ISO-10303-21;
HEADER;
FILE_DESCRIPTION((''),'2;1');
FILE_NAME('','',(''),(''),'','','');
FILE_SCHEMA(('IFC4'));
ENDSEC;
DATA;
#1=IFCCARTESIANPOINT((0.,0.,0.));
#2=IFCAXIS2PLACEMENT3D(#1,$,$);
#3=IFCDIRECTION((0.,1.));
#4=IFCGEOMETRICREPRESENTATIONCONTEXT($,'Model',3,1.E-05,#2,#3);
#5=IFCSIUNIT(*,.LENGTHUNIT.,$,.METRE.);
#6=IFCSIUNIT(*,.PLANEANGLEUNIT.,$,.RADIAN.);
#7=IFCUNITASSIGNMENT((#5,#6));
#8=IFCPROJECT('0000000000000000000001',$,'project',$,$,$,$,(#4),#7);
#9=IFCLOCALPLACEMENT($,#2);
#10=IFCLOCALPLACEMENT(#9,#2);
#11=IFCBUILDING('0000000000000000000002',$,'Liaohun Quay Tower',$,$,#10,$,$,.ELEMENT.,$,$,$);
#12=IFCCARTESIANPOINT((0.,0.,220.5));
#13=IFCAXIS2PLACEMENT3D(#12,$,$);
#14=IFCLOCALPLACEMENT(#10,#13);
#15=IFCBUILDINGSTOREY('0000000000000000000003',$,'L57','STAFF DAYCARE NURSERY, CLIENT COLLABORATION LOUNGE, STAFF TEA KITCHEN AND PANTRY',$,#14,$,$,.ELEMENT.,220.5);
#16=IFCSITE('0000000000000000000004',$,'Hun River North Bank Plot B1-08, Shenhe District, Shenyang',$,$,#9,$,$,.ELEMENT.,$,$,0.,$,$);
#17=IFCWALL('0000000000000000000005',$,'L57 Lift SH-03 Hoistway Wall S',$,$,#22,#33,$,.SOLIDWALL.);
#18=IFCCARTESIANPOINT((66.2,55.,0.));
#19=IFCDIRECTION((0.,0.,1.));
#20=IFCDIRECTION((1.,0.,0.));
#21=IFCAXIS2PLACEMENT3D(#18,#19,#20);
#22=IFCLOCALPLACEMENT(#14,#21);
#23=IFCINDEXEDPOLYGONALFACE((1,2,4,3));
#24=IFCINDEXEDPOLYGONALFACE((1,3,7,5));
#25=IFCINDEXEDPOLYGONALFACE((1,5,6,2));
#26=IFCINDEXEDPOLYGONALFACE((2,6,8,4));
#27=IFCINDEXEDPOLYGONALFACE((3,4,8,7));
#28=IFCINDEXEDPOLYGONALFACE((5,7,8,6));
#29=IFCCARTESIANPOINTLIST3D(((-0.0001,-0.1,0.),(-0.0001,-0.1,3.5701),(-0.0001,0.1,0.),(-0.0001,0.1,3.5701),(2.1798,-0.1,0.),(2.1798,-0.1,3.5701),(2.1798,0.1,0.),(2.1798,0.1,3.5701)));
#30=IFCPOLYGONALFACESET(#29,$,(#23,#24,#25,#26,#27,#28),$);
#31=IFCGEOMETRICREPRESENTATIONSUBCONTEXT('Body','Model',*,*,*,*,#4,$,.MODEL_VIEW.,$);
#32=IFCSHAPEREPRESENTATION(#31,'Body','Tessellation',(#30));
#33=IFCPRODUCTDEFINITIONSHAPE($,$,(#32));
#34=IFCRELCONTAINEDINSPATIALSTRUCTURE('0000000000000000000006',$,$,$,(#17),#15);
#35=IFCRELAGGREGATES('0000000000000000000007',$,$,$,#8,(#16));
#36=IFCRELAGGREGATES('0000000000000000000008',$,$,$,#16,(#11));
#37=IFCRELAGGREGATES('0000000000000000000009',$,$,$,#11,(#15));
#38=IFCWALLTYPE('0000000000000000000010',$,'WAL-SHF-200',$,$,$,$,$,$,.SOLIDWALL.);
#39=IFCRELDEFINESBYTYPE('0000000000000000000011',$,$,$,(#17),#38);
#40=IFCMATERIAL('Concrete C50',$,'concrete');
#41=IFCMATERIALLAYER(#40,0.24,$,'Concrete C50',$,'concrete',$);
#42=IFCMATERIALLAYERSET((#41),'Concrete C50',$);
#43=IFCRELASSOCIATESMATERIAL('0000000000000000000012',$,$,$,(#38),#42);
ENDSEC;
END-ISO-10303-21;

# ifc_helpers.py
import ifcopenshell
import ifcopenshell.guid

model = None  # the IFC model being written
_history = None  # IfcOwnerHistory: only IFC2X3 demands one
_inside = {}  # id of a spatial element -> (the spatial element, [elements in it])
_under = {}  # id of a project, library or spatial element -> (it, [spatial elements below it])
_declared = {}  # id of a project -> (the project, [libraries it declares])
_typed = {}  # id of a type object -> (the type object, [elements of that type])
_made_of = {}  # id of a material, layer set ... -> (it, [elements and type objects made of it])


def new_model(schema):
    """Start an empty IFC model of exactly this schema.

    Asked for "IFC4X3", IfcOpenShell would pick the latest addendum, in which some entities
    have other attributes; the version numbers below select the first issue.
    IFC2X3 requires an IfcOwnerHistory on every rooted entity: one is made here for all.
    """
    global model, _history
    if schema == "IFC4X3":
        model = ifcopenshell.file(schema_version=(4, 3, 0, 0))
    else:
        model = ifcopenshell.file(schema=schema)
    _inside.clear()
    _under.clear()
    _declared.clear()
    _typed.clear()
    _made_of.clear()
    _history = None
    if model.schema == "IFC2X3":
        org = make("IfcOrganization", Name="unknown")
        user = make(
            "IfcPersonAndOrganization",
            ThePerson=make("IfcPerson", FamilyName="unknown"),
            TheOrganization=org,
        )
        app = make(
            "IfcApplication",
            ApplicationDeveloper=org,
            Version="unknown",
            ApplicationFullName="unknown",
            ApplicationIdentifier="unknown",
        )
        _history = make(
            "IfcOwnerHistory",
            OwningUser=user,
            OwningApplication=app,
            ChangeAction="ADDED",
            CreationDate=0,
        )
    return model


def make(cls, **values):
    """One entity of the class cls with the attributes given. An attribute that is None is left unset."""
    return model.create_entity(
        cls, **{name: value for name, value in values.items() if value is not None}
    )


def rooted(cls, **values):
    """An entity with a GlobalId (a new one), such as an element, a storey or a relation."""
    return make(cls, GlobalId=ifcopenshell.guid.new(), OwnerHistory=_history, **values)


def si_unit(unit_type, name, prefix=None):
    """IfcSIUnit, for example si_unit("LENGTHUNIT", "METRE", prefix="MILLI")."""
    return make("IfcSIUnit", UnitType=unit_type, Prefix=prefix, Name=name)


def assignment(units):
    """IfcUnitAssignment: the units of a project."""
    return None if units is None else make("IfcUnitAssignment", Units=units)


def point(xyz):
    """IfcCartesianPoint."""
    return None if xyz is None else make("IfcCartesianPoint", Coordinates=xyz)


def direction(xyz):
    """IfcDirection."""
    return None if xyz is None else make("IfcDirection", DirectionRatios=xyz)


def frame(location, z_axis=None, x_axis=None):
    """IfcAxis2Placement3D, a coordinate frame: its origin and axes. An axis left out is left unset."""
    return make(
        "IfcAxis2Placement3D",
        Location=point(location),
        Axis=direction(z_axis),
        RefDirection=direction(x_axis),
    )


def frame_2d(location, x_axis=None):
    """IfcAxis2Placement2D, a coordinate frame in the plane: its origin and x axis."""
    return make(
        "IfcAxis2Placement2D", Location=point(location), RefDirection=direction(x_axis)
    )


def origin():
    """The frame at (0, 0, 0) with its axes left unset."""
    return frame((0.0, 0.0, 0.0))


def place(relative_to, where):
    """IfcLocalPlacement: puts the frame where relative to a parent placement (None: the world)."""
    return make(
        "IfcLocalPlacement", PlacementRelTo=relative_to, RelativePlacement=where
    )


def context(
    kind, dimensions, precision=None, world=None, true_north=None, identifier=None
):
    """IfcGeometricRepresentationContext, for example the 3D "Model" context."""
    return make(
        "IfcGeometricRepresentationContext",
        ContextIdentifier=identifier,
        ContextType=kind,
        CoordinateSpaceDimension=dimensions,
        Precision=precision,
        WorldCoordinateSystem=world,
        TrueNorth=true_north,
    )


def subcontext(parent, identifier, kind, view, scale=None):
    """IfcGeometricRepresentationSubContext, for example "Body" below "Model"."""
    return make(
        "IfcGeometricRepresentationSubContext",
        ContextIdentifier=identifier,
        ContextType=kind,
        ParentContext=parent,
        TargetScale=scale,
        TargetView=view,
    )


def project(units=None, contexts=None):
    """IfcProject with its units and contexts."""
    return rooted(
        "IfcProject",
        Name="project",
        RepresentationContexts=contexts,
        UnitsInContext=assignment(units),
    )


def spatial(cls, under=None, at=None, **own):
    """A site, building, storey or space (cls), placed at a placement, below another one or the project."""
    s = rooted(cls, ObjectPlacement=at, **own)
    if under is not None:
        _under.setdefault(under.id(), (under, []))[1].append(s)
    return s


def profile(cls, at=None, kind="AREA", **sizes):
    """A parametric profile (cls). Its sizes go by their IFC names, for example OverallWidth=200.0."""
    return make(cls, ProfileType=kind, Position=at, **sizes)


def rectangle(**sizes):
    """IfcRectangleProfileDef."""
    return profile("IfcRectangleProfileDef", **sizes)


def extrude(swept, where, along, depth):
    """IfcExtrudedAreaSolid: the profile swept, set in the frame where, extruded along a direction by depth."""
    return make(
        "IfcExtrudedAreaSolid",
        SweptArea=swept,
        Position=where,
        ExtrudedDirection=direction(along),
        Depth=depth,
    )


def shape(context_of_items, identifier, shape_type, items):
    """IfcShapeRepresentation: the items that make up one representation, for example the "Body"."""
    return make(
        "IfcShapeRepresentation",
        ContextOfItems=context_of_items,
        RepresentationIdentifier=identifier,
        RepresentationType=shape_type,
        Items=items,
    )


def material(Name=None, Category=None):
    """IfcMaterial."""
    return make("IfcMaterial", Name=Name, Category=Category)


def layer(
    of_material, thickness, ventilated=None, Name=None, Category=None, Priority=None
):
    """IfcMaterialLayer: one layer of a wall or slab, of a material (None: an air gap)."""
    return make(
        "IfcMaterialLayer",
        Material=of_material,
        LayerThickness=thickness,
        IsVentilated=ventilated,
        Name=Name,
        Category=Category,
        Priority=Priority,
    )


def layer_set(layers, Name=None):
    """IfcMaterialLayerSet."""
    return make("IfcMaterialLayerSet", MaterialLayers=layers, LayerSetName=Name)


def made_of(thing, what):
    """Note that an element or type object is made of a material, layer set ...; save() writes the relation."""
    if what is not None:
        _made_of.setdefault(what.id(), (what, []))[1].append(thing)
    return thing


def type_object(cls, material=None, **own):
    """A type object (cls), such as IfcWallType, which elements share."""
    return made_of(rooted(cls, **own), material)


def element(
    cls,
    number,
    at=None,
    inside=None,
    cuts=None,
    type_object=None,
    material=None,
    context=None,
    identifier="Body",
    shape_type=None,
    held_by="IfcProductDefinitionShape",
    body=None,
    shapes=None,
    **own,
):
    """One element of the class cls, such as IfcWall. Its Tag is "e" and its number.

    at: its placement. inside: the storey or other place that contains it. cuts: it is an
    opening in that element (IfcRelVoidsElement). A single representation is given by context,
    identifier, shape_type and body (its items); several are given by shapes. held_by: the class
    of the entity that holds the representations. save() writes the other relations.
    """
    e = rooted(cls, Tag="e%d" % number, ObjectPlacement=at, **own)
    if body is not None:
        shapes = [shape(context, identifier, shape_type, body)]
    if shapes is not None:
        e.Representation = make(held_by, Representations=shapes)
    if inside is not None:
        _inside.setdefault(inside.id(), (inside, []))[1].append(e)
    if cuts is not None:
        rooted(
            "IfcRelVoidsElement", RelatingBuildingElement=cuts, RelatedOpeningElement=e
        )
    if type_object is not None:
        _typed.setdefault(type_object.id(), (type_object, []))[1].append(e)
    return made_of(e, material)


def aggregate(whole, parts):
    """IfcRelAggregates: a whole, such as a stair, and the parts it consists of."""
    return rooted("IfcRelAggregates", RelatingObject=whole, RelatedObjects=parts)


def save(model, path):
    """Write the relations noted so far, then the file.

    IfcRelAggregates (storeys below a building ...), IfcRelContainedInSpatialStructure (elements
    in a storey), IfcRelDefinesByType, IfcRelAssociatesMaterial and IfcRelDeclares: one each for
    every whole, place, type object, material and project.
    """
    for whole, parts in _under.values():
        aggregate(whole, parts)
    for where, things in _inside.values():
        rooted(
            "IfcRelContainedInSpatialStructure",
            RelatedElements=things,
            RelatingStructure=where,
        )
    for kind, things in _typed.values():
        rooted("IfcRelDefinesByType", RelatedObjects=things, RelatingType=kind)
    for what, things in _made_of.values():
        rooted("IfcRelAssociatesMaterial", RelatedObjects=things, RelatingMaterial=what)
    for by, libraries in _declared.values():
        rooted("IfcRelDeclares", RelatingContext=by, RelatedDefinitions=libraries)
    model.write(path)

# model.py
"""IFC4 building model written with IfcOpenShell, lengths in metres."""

from ifc_helpers import new_model, si_unit, direction, frame, frame_2d, origin, place, context, subcontext, project, spatial, rectangle, extrude, material, layer, layer_set, type_object, element, save


model = new_model("IFC4")

# Units and contexts
model_context = context("Model", 3, precision=1e-05, world=origin(), true_north=direction((0.0, 1.0)))
body_context = subcontext(model_context, "Body", "Model", "MODEL_VIEW")
ifc_project = project(units=[si_unit("LENGTHUNIT", "METRE"), si_unit("PLANEANGLEUNIT", "RADIAN")], contexts=[model_context])

# Site, building, storey
site_placement = place(None, origin())
site = spatial("IfcSite", under=ifc_project, at=site_placement, Name="Hun River North Bank Plot B1-08, Shenhe District, Shenyang", CompositionType="ELEMENT", RefElevation=0.0)
building_placement = place(site_placement, origin())
building = spatial("IfcBuilding", under=site, at=building_placement, Name="Liaohun Quay Tower", CompositionType="ELEMENT")
storey_placement = place(building_placement, frame((0.0, 0.0, 220.5)))
storey = spatial("IfcBuildingStorey", under=building, at=storey_placement, Name="L57", Description="STAFF DAYCARE NURSERY, CLIENT COLLABORATION LOUNGE, STAFF TEA KITCHEN AND PANTRY", CompositionType="ELEMENT", Elevation=220.5)

# Shared definitions
ifc_material_1 = material(Name="Concrete C50", Category="concrete")
ifc_layer_1 = layer(ifc_material_1, 0.24, Name="Concrete C50", Category="concrete")
ifc_layer_set_1 = layer_set([ifc_layer_1], Name="Concrete C50")
wall_type_1 = type_object("IfcWallType", Name="WAL-SHF-200", PredefinedType="SOLIDWALL", material=ifc_layer_set_1)

# Wall
wall_1_placement = place(storey_placement, frame((66.2, 55.0, 0.0), z_axis=(0.0, 0.0, 1.0), x_axis=(1.0, 0.0, 0.0)))
element("IfcWall", 1, at=wall_1_placement, inside=storey, type_object=wall_type_1, Name="L57 Lift SH-03 Hoistway Wall S", PredefinedType="SOLIDWALL", context=body_context, shape_type="SweptSolid", body=[
    extrude(rectangle(XDim=2.1799, YDim=0.2, at=frame_2d((1.0898, 0.0))), origin(), (0.0, 0.0, 1.0), 3.5701),
])

save(model, "model.ifc")
